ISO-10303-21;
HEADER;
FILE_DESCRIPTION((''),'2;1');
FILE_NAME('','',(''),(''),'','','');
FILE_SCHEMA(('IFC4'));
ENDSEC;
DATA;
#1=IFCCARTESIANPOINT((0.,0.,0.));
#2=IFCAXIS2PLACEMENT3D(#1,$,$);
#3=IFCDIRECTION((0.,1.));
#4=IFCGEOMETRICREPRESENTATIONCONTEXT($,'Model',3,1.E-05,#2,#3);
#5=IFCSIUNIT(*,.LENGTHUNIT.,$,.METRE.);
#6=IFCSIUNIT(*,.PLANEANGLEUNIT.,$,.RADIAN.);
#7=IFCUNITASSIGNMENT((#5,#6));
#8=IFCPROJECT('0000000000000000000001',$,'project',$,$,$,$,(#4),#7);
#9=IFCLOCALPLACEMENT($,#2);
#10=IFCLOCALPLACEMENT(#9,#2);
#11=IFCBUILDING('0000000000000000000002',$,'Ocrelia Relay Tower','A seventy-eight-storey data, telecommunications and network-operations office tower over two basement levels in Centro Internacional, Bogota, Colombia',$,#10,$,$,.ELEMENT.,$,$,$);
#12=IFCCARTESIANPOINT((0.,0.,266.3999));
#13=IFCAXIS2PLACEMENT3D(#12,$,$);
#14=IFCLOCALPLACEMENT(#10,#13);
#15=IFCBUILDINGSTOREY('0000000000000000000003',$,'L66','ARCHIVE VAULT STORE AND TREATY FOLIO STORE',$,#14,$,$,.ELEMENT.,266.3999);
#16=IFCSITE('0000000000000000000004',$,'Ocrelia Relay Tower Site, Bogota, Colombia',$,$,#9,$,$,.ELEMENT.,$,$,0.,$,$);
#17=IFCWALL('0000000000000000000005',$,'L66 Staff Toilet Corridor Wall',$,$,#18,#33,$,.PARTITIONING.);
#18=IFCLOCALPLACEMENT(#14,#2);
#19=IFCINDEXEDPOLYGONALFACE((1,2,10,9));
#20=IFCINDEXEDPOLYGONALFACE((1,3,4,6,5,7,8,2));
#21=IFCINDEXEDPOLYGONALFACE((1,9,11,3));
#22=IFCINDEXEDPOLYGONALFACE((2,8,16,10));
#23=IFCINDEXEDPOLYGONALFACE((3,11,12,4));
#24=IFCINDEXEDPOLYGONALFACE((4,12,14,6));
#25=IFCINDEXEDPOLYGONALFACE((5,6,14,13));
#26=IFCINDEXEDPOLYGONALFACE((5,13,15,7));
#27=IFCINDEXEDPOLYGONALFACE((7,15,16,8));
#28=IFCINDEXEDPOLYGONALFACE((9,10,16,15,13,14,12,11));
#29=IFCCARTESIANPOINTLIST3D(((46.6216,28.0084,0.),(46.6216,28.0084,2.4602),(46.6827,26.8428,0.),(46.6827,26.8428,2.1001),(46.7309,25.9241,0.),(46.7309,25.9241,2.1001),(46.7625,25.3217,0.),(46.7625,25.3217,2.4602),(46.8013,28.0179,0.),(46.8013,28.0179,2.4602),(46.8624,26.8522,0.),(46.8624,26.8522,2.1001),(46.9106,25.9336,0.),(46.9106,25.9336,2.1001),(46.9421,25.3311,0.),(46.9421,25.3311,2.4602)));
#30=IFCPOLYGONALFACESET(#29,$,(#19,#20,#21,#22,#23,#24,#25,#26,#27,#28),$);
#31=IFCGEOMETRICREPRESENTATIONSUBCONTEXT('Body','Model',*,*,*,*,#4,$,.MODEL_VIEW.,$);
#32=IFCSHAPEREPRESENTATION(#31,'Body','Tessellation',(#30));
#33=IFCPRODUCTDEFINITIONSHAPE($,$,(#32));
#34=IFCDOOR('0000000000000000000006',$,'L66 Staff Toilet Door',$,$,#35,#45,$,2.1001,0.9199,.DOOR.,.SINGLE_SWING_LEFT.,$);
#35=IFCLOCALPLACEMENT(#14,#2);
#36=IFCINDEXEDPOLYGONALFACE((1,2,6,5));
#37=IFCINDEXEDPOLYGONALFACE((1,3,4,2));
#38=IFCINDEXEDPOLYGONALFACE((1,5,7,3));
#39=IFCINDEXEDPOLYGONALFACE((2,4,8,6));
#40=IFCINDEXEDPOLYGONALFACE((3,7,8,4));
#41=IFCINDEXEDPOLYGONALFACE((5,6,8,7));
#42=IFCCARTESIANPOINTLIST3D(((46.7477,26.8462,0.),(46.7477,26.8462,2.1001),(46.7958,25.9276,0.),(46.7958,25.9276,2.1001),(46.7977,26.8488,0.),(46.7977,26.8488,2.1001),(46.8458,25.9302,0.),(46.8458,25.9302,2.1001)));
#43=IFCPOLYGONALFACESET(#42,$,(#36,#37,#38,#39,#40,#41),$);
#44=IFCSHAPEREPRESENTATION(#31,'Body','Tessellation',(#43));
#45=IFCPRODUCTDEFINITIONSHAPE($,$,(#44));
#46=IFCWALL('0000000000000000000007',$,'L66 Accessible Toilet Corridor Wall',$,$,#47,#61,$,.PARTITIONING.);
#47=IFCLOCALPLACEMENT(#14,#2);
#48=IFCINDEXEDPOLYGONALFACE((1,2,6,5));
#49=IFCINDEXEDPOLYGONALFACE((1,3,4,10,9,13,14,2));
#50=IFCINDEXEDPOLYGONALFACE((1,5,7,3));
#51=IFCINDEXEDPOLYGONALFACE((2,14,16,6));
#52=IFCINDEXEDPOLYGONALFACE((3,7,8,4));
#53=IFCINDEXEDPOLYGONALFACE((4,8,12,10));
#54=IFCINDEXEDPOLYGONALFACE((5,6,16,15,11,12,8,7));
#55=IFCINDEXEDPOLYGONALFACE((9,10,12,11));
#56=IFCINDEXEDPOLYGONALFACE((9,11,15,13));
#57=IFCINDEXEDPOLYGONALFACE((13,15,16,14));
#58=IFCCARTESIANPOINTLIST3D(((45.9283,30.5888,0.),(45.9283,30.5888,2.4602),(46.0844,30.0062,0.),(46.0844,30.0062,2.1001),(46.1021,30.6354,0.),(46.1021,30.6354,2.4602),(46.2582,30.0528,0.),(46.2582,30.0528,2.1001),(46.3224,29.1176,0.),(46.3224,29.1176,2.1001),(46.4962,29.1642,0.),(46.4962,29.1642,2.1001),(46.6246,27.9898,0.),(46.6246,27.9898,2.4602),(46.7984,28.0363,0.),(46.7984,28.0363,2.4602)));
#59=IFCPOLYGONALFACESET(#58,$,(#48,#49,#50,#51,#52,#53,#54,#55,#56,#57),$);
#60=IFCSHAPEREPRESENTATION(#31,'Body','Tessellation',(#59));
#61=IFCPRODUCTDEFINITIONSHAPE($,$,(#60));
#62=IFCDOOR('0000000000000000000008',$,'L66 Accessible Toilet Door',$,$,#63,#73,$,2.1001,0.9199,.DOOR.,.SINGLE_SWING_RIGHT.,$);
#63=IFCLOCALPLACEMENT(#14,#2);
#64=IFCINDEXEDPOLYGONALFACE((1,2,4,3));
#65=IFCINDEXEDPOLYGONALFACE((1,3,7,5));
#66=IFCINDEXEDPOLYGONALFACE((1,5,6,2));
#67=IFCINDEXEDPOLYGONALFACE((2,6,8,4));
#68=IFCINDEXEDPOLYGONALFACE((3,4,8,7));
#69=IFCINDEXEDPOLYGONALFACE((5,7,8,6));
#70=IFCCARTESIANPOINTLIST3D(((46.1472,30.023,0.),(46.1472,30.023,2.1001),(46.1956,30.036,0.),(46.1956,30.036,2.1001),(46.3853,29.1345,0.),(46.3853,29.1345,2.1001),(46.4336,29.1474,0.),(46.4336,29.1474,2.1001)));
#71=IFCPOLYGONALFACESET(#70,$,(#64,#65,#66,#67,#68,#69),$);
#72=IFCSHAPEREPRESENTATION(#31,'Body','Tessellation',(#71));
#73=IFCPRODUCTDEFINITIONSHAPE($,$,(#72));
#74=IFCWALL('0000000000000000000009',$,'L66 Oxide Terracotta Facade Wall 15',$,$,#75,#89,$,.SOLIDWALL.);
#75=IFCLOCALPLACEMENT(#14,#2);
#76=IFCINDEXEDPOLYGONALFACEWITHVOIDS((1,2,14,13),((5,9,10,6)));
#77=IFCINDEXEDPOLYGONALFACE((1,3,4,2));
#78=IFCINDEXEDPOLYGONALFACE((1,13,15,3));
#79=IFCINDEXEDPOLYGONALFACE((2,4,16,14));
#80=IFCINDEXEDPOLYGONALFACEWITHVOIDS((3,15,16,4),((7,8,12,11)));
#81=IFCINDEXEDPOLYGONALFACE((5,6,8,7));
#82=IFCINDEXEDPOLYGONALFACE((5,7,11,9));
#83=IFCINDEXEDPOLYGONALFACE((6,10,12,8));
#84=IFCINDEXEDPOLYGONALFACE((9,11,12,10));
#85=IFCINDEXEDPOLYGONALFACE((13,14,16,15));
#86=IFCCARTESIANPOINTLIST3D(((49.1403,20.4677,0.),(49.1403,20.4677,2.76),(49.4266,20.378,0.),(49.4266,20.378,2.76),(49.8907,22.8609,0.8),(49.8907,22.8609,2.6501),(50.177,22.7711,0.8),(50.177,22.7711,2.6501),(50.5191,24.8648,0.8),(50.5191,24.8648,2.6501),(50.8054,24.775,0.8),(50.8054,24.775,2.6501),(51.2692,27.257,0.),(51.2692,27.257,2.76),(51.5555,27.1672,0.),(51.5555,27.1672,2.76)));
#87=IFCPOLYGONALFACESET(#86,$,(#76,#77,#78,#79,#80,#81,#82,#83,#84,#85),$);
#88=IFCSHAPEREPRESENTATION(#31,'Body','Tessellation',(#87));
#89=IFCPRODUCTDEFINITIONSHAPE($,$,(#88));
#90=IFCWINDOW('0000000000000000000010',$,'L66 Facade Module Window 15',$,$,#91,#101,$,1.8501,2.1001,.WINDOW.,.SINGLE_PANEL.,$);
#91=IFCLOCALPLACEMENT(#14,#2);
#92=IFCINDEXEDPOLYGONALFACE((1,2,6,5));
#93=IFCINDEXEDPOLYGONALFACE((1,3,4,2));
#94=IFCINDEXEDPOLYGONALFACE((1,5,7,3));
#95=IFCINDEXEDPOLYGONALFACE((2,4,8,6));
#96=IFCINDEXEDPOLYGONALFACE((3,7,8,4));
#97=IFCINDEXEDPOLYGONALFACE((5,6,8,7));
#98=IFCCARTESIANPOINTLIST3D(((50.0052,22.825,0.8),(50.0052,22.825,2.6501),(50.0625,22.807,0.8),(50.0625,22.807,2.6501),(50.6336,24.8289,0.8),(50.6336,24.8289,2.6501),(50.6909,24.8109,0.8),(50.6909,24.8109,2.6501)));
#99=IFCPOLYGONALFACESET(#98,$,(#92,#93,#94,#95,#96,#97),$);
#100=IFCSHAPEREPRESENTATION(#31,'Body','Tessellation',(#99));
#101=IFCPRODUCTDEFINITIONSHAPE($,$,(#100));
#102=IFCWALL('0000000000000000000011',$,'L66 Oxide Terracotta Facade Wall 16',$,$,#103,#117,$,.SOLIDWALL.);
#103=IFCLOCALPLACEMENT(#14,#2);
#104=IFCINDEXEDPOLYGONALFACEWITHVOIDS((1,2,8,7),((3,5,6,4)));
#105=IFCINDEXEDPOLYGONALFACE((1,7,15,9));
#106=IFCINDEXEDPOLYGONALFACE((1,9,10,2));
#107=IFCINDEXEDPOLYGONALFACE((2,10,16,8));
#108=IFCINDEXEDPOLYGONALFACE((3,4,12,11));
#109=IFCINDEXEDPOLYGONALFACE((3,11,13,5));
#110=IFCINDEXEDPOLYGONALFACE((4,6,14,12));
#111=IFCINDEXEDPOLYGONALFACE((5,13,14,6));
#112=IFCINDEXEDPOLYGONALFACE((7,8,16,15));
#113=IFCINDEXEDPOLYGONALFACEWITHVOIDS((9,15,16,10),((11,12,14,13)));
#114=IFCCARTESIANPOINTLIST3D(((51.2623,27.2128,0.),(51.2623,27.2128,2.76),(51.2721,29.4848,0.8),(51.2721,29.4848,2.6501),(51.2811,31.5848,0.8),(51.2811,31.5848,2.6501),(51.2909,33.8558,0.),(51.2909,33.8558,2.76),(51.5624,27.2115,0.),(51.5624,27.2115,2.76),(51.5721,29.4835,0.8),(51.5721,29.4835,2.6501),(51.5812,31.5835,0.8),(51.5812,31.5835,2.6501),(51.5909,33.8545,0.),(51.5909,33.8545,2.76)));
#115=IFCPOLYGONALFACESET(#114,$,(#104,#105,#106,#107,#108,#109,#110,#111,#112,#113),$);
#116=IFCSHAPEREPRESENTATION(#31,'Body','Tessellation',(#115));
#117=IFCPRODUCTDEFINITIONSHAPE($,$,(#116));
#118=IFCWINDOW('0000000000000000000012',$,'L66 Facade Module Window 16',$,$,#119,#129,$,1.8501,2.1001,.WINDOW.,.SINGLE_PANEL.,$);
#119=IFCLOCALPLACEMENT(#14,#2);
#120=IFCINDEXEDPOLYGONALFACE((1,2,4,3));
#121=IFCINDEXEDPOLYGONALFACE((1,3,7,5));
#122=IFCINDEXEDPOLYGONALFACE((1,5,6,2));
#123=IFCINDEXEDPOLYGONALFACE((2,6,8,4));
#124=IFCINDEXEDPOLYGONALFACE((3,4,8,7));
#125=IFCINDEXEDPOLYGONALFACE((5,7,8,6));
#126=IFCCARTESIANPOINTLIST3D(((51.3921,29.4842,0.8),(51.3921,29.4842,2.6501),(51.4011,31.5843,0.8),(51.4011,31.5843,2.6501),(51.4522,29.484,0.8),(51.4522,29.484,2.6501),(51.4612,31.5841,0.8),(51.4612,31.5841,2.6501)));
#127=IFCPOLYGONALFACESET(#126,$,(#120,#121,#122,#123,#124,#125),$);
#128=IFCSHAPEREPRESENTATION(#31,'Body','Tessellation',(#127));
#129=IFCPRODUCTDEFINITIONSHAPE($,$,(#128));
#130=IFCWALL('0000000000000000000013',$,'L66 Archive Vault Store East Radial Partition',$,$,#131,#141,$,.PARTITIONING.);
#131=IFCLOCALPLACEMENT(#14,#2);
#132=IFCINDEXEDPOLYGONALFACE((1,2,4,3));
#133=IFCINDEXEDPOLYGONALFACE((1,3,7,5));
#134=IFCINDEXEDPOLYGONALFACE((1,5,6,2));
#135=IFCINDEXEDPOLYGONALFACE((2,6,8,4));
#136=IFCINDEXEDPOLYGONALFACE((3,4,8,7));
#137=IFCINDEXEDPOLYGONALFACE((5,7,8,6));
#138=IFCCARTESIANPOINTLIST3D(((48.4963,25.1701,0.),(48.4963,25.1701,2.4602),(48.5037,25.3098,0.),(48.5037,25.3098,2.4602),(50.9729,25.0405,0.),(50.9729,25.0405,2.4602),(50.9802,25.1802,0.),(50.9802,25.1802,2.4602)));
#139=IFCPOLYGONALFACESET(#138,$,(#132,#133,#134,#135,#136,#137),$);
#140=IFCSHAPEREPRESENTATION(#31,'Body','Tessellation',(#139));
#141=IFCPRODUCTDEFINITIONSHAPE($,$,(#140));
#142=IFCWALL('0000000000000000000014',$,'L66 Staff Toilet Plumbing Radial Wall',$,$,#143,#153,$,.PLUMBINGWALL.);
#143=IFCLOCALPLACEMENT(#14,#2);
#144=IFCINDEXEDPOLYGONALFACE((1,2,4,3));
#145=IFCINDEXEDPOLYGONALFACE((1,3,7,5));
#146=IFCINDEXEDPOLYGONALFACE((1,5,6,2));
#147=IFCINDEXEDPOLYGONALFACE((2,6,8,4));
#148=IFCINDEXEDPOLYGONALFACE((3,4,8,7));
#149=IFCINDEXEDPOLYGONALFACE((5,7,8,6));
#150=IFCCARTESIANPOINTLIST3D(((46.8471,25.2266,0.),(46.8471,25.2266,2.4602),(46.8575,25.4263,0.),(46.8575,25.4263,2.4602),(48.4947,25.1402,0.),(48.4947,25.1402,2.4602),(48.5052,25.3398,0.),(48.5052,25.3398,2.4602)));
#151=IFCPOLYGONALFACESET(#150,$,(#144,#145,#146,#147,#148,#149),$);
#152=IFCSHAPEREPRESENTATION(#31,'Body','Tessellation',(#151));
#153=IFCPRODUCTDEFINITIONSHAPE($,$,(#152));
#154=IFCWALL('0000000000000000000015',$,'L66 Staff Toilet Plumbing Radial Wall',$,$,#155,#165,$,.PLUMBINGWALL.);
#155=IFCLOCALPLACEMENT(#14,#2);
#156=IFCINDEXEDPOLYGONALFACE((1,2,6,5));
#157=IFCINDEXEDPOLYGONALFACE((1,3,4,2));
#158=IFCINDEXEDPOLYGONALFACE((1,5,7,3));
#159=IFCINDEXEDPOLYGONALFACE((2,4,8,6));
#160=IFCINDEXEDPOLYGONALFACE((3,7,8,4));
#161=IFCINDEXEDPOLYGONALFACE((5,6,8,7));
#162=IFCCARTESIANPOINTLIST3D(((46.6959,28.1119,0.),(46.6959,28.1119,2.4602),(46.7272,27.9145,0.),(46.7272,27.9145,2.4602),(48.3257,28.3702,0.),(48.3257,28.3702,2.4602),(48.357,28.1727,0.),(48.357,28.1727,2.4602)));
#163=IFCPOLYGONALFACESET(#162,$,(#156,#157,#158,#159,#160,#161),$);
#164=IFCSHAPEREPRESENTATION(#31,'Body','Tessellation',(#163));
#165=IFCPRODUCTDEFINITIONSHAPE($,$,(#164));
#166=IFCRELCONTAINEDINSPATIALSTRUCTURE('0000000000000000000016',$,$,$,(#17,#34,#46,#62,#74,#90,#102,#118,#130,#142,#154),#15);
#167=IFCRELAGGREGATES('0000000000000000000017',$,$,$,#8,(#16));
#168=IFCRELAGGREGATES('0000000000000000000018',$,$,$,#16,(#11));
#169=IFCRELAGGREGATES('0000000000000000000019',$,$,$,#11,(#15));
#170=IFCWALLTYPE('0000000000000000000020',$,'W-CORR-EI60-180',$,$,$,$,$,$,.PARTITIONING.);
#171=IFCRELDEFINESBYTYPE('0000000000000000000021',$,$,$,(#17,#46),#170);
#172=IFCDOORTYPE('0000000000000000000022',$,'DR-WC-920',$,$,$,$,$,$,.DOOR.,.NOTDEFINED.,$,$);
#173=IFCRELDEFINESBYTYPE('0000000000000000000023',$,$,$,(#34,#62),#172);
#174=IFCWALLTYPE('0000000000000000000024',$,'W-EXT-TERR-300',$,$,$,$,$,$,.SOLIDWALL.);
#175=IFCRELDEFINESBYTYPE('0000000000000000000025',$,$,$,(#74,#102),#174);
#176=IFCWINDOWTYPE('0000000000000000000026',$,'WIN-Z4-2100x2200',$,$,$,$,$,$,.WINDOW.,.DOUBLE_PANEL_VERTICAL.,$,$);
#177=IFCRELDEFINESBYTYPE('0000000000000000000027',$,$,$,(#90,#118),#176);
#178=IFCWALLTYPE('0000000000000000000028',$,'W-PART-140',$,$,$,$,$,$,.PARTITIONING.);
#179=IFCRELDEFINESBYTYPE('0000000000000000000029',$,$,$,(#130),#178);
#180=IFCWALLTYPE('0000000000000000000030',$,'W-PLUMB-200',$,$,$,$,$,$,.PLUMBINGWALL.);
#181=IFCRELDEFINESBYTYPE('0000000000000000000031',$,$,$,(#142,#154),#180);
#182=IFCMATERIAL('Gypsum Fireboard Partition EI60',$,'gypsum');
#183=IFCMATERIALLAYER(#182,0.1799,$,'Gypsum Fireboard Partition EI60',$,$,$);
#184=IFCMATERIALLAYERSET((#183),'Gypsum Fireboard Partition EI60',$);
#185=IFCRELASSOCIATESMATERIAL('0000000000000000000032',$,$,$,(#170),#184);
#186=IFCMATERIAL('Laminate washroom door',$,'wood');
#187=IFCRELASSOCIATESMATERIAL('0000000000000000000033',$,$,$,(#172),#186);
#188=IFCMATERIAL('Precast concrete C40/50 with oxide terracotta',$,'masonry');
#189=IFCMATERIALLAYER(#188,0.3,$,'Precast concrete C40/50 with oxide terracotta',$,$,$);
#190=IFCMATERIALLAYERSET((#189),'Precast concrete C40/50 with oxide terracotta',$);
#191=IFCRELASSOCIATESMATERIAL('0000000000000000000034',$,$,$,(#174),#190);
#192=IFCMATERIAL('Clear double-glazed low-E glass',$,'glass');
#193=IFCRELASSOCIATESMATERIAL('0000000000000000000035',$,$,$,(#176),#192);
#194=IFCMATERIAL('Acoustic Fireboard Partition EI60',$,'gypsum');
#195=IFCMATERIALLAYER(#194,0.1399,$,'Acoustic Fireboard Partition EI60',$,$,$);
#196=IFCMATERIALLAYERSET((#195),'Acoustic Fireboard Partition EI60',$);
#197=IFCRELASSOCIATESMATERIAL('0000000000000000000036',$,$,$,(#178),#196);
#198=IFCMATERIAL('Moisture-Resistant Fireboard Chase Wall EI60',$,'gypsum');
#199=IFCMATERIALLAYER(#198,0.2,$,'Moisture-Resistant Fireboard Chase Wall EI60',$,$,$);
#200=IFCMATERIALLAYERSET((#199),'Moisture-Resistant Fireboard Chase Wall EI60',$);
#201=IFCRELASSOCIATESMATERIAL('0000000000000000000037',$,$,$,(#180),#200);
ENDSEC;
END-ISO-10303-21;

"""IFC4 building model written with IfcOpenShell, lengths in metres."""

from ifc_helpers import new_model, si_unit, direction, frame, frame_2d, origin, place, context, subcontext, project, spatial, rectangle, extrude, material, layer, layer_set, type_object, element, fill, save


model = new_model("IFC4")

# Units and contexts
model_context = context("Model", 3, precision=1e-05, world=origin(), true_north=direction((0.0, 1.0)))
body_context = subcontext(model_context, "Body", "Model", "MODEL_VIEW")
ifc_project = project(units=[si_unit("LENGTHUNIT", "METRE"), si_unit("PLANEANGLEUNIT", "RADIAN")], contexts=[model_context])

# Site, building, storey
site_placement = place(None, origin())
site = spatial("IfcSite", under=ifc_project, at=site_placement, Name="Ocrelia Relay Tower Site, Bogota, Colombia", CompositionType="ELEMENT", RefElevation=0.0)
building_placement = place(site_placement, origin())
building = spatial("IfcBuilding", under=site, at=building_placement, Name="Ocrelia Relay Tower", Description="A seventy-eight-storey data, telecommunications and network-operations office tower over two basement levels in Centro Internacional, Bogota, Colombia", CompositionType="ELEMENT")
storey_placement = place(building_placement, frame((0.0, 0.0, 266.3999)))
storey = spatial("IfcBuildingStorey", under=building, at=storey_placement, Name="L66", Description="ARCHIVE VAULT STORE AND TREATY FOLIO STORE", CompositionType="ELEMENT", Elevation=266.3999)

# Walls, openings, doors
ifc_material_1 = material(Name="Gypsum Fireboard Partition EI60", Category="gypsum")
ifc_layer_1 = layer(ifc_material_1, 0.1799, Name="Gypsum Fireboard Partition EI60")
ifc_layer_set_1 = layer_set([ifc_layer_1], Name="Gypsum Fireboard Partition EI60")
wall_type_1 = type_object("IfcWallType", Name="W-CORR-EI60-180", PredefinedType="PARTITIONING", material=ifc_layer_set_1)
wall_1_placement = place(storey_placement, frame((46.8523, 25.3264, 0.0), z_axis=(0.0, 0.0, 1.0), x_axis=(-0.052359, 0.998628, 0.0)))
wall_1 = element("IfcWall", 1, at=wall_1_placement, inside=storey, type_object=wall_type_1, Name="L66 Staff Toilet Corridor Wall", PredefinedType="PARTITIONING", context=body_context, shape_type="SweptSolid", body=[
    extrude(rectangle(XDim=2.6904, YDim=0.1799, at=frame_2d((1.3452, 0.0))), origin(), (0.0, 0.0, 1.0), 2.4602),
])
opening_1_placement = place(wall_1_placement, frame((0.6033, 0.0, 0.0)))
opening_1 = element("IfcOpeningElement", 2, at=opening_1_placement, cuts=wall_1, PredefinedType="OPENING", context=body_context, shape_type="SweptSolid", body=[
    extrude(rectangle(XDim=0.9199, YDim=2.1001, at=frame_2d((0.46, 1.05))), frame((0.0, 0.1001, 0.0), z_axis=(0.0, -1.0, 0.0), x_axis=(1.0, 0.0, 0.0)), (0.0, 0.0, 1.0), 0.2),
])
ifc_material_2 = material(Name="Laminate washroom door", Category="wood")
door_type = type_object("IfcDoorType", Name="DR-WC-920", OperationType="NOTDEFINED", PredefinedType="DOOR", material=ifc_material_2)
door_1_placement = place(opening_1_placement, origin())
door_1 = element("IfcDoor", 3, at=door_1_placement, inside=storey, type_object=door_type, Name="L66 Staff Toilet Door", OperationType="SINGLE_SWING_LEFT", OverallHeight=2.1001, OverallWidth=0.9199, PredefinedType="DOOR", context=body_context, shape_type="SweptSolid", body=[
    extrude(rectangle(XDim=0.9199, YDim=2.1001, at=frame_2d((0.46, 1.05))), frame((0.0, 0.0249, 0.0), z_axis=(0.0, -1.0, 0.0), x_axis=(1.0, 0.0, 0.0)), (0.0, 0.0, 1.0), 0.05),
])
fill(opening_1, door_1)
wall_2_placement = place(storey_placement, frame((46.7114, 28.0132, 0.0), z_axis=(0.0, 0.0, 1.0), x_axis=(-0.258769, 0.965939, 0.0)))
wall_2 = element("IfcWall", 4, at=wall_2_placement, inside=storey, type_object=wall_type_1, Name="L66 Accessible Toilet Corridor Wall", PredefinedType="PARTITIONING", context=body_context, shape_type="SweptSolid", body=[
    extrude(rectangle(XDim=2.6907, YDim=0.1799, at=frame_2d((1.3452, 0.0))), origin(), (0.0, 0.0, 1.0), 2.4602),
])
opening_2_placement = place(wall_2_placement, frame((1.1675, 0.0, 0.0)))
opening_2 = element("IfcOpeningElement", 5, at=opening_2_placement, cuts=wall_2, PredefinedType="OPENING", context=body_context, shape_type="SweptSolid", body=[
    extrude(rectangle(XDim=0.9199, YDim=2.1001, at=frame_2d((0.46, 1.05))), frame((0.0, 0.1001, 0.0), z_axis=(0.0, -1.0, 0.0), x_axis=(1.0, 0.0, 0.0)), (0.0, 0.0, 1.0), 0.2),
])
door_2_placement = place(opening_2_placement, origin())
door_2 = element("IfcDoor", 6, at=door_2_placement, inside=storey, type_object=door_type, Name="L66 Accessible Toilet Door", OperationType="SINGLE_SWING_RIGHT", OverallHeight=2.1001, OverallWidth=0.9199, PredefinedType="DOOR", context=body_context, shape_type="SweptSolid", body=[
    extrude(rectangle(XDim=0.9199, YDim=2.1001, at=frame_2d((0.46, 1.05))), frame((0.0, 0.0249, 0.0), z_axis=(0.0, -1.0, 0.0), x_axis=(1.0, 0.0, 0.0)), (0.0, 0.0, 1.0), 0.05),
])
fill(opening_2, door_2)

# Walls, openings, windows
ifc_material_3 = material(Name="Precast concrete C40/50 with oxide terracotta", Category="masonry")
ifc_layer_2 = layer(ifc_material_3, 0.3, Name="Precast concrete C40/50 with oxide terracotta")
ifc_layer_set_2 = layer_set([ifc_layer_2], Name="Precast concrete C40/50 with oxide terracotta")
wall_type_2 = type_object("IfcWallType", Name="W-EXT-TERR-300", PredefinedType="SOLIDWALL", material=ifc_layer_set_2)
wall_3_placement = place(storey_placement, frame((49.2834, 20.4229, 0.0), z_axis=(0.0, 0.0, 1.0), x_axis=(0.299203, 0.95419, 0.0)))
wall_3 = element("IfcWall", 7, at=wall_3_placement, inside=storey, type_object=wall_type_2, Name="L66 Oxide Terracotta Facade Wall 15", PredefinedType="SOLIDWALL", context=body_context, shape_type="SweptSolid", body=[
    extrude(rectangle(XDim=7.1152, YDim=0.3, at=frame_2d((3.5576, 0.0))), origin(), (0.0, 0.0, 1.0), 2.76),
])
opening_3_placement = place(wall_3_placement, frame((2.5081, 0.0, 0.8)))
opening_3 = element("IfcOpeningElement", 8, at=opening_3_placement, cuts=wall_3, PredefinedType="OPENING", context=body_context, shape_type="SweptSolid", body=[
    extrude(rectangle(XDim=2.1001, YDim=1.8501, at=frame_2d((1.05, 0.925))), frame((0.0, 0.1602, 0.0), z_axis=(0.0, -1.0, 0.0), x_axis=(1.0, 0.0, 0.0)), (0.0, 0.0, 1.0), 0.3201),
])
ifc_material_4 = material(Name="Clear double-glazed low-E glass", Category="glass")
window_type = type_object("IfcWindowType", Name="WIN-Z4-2100x2200", PartitioningType="DOUBLE_PANEL_VERTICAL", PredefinedType="WINDOW", material=ifc_material_4)
window_1_placement = place(opening_3_placement, origin())
window_1 = element("IfcWindow", 9, at=window_1_placement, inside=storey, type_object=window_type, Name="L66 Facade Module Window 15", OverallHeight=1.8501, OverallWidth=2.1001, PartitioningType="SINGLE_PANEL", PredefinedType="WINDOW", context=body_context, shape_type="SweptSolid", body=[
    extrude(rectangle(XDim=2.1001, YDim=1.8501, at=frame_2d((1.05, 0.925))), frame((0.0, 0.03, 0.0), z_axis=(0.0, -1.0, 0.0), x_axis=(1.0, 0.0, 0.0)), (0.0, 0.0, 1.0), 0.0601),
])
fill(opening_3, window_1)
wall_4_placement = place(storey_placement, frame((51.4124, 27.2122, 0.0), z_axis=(0.0, 0.0, 1.0), x_axis=(0.0043, 0.999991, 0.0)))
wall_4 = element("IfcWall", 10, at=wall_4_placement, inside=storey, type_object=wall_type_2, Name="L66 Oxide Terracotta Facade Wall 16", PredefinedType="SOLIDWALL", context=body_context, shape_type="SweptSolid", body=[
    extrude(rectangle(XDim=6.6431, YDim=0.3, at=frame_2d((3.3215, 0.0))), origin(), (0.0, 0.0, 1.0), 2.76),
])
opening_4_placement = place(wall_4_placement, frame((2.272, 0.0, 0.8)))
opening_4 = element("IfcOpeningElement", 11, at=opening_4_placement, cuts=wall_4, PredefinedType="OPENING", context=body_context, shape_type="SweptSolid", body=[
    extrude(rectangle(XDim=2.1001, YDim=1.8501, at=frame_2d((1.05, 0.925))), frame((0.0, 0.1602, 0.0), z_axis=(0.0, -1.0, 0.0), x_axis=(1.0, 0.0, 0.0)), (0.0, 0.0, 1.0), 0.3201),
])
window_2_placement = place(opening_4_placement, origin())
window_2 = element("IfcWindow", 12, at=window_2_placement, inside=storey, type_object=window_type, Name="L66 Facade Module Window 16", OverallHeight=1.8501, OverallWidth=2.1001, PartitioningType="SINGLE_PANEL", PredefinedType="WINDOW", context=body_context, shape_type="SweptSolid", body=[
    extrude(rectangle(XDim=2.1001, YDim=1.8501, at=frame_2d((1.05, 0.925))), frame((0.0, 0.03, 0.0), z_axis=(0.0, -1.0, 0.0), x_axis=(1.0, 0.0, 0.0)), (0.0, 0.0, 1.0), 0.0601),
])
fill(opening_4, window_2)

# Walls
ifc_material_5 = material(Name="Acoustic Fireboard Partition EI60", Category="gypsum")
ifc_layer_3 = layer(ifc_material_5, 0.1399, Name="Acoustic Fireboard Partition EI60")
ifc_layer_set_3 = layer_set([ifc_layer_3], Name="Acoustic Fireboard Partition EI60")
wall_type_3 = type_object("IfcWallType", Name="W-PART-140", PredefinedType="PARTITIONING", material=ifc_layer_set_3)
wall_5_placement = place(storey_placement, frame((48.5, 25.24, 0.0), z_axis=(0.0, 0.0, 1.0), x_axis=(0.998633, -0.052275, 0.0)))
element("IfcWall", 13, at=wall_5_placement, inside=storey, type_object=wall_type_3, Name="L66 Archive Vault Store East Radial Partition", PredefinedType="PARTITIONING", context=body_context, shape_type="SweptSolid", body=[
    extrude(rectangle(XDim=2.48, YDim=0.1399, at=frame_2d((1.24, 0.0))), origin(), (0.0, 0.0, 1.0), 2.4602),
])
ifc_material_6 = material(Name="Moisture-Resistant Fireboard Chase Wall EI60", Category="gypsum")
ifc_layer_4 = layer(ifc_material_6, 0.2, Name="Moisture-Resistant Fireboard Chase Wall EI60")
ifc_layer_set_4 = layer_set([ifc_layer_4], Name="Moisture-Resistant Fireboard Chase Wall EI60")
wall_type_4 = type_object("IfcWallType", Name="W-PLUMB-200", PredefinedType="PLUMBINGWALL", material=ifc_layer_set_4)
wall_6_placement = place(storey_placement, frame((46.8523, 25.3264, 0.0), z_axis=(0.0, 0.0, 1.0), x_axis=(0.998627, -0.05238, 0.0)))
element("IfcWall", 14, at=wall_6_placement, inside=storey, type_object=wall_type_4, Name="L66 Staff Toilet Plumbing Radial Wall", PredefinedType="PLUMBINGWALL", context=body_context, shape_type="SweptSolid", body=[
    extrude(rectangle(XDim=1.6499, YDim=0.2, at=frame_2d((0.825, 0.0))), origin(), (0.0, 0.0, 1.0), 2.4602),
])
wall_7_placement = place(storey_placement, frame((46.7114, 28.0132, 0.0), z_axis=(0.0, 0.0, 1.0), x_axis=(0.987674, 0.156525, 0.0)))
element("IfcWall", 15, at=wall_7_placement, inside=storey, type_object=wall_type_4, Name="L66 Staff Toilet Plumbing Radial Wall", PredefinedType="PLUMBINGWALL", context=body_context, shape_type="SweptSolid", body=[
    extrude(rectangle(XDim=1.6501, YDim=0.2, at=frame_2d((0.8252, 0.0))), origin(), (0.0, 0.0, 1.0), 2.4602),
])

save(model, "model.ifc")
